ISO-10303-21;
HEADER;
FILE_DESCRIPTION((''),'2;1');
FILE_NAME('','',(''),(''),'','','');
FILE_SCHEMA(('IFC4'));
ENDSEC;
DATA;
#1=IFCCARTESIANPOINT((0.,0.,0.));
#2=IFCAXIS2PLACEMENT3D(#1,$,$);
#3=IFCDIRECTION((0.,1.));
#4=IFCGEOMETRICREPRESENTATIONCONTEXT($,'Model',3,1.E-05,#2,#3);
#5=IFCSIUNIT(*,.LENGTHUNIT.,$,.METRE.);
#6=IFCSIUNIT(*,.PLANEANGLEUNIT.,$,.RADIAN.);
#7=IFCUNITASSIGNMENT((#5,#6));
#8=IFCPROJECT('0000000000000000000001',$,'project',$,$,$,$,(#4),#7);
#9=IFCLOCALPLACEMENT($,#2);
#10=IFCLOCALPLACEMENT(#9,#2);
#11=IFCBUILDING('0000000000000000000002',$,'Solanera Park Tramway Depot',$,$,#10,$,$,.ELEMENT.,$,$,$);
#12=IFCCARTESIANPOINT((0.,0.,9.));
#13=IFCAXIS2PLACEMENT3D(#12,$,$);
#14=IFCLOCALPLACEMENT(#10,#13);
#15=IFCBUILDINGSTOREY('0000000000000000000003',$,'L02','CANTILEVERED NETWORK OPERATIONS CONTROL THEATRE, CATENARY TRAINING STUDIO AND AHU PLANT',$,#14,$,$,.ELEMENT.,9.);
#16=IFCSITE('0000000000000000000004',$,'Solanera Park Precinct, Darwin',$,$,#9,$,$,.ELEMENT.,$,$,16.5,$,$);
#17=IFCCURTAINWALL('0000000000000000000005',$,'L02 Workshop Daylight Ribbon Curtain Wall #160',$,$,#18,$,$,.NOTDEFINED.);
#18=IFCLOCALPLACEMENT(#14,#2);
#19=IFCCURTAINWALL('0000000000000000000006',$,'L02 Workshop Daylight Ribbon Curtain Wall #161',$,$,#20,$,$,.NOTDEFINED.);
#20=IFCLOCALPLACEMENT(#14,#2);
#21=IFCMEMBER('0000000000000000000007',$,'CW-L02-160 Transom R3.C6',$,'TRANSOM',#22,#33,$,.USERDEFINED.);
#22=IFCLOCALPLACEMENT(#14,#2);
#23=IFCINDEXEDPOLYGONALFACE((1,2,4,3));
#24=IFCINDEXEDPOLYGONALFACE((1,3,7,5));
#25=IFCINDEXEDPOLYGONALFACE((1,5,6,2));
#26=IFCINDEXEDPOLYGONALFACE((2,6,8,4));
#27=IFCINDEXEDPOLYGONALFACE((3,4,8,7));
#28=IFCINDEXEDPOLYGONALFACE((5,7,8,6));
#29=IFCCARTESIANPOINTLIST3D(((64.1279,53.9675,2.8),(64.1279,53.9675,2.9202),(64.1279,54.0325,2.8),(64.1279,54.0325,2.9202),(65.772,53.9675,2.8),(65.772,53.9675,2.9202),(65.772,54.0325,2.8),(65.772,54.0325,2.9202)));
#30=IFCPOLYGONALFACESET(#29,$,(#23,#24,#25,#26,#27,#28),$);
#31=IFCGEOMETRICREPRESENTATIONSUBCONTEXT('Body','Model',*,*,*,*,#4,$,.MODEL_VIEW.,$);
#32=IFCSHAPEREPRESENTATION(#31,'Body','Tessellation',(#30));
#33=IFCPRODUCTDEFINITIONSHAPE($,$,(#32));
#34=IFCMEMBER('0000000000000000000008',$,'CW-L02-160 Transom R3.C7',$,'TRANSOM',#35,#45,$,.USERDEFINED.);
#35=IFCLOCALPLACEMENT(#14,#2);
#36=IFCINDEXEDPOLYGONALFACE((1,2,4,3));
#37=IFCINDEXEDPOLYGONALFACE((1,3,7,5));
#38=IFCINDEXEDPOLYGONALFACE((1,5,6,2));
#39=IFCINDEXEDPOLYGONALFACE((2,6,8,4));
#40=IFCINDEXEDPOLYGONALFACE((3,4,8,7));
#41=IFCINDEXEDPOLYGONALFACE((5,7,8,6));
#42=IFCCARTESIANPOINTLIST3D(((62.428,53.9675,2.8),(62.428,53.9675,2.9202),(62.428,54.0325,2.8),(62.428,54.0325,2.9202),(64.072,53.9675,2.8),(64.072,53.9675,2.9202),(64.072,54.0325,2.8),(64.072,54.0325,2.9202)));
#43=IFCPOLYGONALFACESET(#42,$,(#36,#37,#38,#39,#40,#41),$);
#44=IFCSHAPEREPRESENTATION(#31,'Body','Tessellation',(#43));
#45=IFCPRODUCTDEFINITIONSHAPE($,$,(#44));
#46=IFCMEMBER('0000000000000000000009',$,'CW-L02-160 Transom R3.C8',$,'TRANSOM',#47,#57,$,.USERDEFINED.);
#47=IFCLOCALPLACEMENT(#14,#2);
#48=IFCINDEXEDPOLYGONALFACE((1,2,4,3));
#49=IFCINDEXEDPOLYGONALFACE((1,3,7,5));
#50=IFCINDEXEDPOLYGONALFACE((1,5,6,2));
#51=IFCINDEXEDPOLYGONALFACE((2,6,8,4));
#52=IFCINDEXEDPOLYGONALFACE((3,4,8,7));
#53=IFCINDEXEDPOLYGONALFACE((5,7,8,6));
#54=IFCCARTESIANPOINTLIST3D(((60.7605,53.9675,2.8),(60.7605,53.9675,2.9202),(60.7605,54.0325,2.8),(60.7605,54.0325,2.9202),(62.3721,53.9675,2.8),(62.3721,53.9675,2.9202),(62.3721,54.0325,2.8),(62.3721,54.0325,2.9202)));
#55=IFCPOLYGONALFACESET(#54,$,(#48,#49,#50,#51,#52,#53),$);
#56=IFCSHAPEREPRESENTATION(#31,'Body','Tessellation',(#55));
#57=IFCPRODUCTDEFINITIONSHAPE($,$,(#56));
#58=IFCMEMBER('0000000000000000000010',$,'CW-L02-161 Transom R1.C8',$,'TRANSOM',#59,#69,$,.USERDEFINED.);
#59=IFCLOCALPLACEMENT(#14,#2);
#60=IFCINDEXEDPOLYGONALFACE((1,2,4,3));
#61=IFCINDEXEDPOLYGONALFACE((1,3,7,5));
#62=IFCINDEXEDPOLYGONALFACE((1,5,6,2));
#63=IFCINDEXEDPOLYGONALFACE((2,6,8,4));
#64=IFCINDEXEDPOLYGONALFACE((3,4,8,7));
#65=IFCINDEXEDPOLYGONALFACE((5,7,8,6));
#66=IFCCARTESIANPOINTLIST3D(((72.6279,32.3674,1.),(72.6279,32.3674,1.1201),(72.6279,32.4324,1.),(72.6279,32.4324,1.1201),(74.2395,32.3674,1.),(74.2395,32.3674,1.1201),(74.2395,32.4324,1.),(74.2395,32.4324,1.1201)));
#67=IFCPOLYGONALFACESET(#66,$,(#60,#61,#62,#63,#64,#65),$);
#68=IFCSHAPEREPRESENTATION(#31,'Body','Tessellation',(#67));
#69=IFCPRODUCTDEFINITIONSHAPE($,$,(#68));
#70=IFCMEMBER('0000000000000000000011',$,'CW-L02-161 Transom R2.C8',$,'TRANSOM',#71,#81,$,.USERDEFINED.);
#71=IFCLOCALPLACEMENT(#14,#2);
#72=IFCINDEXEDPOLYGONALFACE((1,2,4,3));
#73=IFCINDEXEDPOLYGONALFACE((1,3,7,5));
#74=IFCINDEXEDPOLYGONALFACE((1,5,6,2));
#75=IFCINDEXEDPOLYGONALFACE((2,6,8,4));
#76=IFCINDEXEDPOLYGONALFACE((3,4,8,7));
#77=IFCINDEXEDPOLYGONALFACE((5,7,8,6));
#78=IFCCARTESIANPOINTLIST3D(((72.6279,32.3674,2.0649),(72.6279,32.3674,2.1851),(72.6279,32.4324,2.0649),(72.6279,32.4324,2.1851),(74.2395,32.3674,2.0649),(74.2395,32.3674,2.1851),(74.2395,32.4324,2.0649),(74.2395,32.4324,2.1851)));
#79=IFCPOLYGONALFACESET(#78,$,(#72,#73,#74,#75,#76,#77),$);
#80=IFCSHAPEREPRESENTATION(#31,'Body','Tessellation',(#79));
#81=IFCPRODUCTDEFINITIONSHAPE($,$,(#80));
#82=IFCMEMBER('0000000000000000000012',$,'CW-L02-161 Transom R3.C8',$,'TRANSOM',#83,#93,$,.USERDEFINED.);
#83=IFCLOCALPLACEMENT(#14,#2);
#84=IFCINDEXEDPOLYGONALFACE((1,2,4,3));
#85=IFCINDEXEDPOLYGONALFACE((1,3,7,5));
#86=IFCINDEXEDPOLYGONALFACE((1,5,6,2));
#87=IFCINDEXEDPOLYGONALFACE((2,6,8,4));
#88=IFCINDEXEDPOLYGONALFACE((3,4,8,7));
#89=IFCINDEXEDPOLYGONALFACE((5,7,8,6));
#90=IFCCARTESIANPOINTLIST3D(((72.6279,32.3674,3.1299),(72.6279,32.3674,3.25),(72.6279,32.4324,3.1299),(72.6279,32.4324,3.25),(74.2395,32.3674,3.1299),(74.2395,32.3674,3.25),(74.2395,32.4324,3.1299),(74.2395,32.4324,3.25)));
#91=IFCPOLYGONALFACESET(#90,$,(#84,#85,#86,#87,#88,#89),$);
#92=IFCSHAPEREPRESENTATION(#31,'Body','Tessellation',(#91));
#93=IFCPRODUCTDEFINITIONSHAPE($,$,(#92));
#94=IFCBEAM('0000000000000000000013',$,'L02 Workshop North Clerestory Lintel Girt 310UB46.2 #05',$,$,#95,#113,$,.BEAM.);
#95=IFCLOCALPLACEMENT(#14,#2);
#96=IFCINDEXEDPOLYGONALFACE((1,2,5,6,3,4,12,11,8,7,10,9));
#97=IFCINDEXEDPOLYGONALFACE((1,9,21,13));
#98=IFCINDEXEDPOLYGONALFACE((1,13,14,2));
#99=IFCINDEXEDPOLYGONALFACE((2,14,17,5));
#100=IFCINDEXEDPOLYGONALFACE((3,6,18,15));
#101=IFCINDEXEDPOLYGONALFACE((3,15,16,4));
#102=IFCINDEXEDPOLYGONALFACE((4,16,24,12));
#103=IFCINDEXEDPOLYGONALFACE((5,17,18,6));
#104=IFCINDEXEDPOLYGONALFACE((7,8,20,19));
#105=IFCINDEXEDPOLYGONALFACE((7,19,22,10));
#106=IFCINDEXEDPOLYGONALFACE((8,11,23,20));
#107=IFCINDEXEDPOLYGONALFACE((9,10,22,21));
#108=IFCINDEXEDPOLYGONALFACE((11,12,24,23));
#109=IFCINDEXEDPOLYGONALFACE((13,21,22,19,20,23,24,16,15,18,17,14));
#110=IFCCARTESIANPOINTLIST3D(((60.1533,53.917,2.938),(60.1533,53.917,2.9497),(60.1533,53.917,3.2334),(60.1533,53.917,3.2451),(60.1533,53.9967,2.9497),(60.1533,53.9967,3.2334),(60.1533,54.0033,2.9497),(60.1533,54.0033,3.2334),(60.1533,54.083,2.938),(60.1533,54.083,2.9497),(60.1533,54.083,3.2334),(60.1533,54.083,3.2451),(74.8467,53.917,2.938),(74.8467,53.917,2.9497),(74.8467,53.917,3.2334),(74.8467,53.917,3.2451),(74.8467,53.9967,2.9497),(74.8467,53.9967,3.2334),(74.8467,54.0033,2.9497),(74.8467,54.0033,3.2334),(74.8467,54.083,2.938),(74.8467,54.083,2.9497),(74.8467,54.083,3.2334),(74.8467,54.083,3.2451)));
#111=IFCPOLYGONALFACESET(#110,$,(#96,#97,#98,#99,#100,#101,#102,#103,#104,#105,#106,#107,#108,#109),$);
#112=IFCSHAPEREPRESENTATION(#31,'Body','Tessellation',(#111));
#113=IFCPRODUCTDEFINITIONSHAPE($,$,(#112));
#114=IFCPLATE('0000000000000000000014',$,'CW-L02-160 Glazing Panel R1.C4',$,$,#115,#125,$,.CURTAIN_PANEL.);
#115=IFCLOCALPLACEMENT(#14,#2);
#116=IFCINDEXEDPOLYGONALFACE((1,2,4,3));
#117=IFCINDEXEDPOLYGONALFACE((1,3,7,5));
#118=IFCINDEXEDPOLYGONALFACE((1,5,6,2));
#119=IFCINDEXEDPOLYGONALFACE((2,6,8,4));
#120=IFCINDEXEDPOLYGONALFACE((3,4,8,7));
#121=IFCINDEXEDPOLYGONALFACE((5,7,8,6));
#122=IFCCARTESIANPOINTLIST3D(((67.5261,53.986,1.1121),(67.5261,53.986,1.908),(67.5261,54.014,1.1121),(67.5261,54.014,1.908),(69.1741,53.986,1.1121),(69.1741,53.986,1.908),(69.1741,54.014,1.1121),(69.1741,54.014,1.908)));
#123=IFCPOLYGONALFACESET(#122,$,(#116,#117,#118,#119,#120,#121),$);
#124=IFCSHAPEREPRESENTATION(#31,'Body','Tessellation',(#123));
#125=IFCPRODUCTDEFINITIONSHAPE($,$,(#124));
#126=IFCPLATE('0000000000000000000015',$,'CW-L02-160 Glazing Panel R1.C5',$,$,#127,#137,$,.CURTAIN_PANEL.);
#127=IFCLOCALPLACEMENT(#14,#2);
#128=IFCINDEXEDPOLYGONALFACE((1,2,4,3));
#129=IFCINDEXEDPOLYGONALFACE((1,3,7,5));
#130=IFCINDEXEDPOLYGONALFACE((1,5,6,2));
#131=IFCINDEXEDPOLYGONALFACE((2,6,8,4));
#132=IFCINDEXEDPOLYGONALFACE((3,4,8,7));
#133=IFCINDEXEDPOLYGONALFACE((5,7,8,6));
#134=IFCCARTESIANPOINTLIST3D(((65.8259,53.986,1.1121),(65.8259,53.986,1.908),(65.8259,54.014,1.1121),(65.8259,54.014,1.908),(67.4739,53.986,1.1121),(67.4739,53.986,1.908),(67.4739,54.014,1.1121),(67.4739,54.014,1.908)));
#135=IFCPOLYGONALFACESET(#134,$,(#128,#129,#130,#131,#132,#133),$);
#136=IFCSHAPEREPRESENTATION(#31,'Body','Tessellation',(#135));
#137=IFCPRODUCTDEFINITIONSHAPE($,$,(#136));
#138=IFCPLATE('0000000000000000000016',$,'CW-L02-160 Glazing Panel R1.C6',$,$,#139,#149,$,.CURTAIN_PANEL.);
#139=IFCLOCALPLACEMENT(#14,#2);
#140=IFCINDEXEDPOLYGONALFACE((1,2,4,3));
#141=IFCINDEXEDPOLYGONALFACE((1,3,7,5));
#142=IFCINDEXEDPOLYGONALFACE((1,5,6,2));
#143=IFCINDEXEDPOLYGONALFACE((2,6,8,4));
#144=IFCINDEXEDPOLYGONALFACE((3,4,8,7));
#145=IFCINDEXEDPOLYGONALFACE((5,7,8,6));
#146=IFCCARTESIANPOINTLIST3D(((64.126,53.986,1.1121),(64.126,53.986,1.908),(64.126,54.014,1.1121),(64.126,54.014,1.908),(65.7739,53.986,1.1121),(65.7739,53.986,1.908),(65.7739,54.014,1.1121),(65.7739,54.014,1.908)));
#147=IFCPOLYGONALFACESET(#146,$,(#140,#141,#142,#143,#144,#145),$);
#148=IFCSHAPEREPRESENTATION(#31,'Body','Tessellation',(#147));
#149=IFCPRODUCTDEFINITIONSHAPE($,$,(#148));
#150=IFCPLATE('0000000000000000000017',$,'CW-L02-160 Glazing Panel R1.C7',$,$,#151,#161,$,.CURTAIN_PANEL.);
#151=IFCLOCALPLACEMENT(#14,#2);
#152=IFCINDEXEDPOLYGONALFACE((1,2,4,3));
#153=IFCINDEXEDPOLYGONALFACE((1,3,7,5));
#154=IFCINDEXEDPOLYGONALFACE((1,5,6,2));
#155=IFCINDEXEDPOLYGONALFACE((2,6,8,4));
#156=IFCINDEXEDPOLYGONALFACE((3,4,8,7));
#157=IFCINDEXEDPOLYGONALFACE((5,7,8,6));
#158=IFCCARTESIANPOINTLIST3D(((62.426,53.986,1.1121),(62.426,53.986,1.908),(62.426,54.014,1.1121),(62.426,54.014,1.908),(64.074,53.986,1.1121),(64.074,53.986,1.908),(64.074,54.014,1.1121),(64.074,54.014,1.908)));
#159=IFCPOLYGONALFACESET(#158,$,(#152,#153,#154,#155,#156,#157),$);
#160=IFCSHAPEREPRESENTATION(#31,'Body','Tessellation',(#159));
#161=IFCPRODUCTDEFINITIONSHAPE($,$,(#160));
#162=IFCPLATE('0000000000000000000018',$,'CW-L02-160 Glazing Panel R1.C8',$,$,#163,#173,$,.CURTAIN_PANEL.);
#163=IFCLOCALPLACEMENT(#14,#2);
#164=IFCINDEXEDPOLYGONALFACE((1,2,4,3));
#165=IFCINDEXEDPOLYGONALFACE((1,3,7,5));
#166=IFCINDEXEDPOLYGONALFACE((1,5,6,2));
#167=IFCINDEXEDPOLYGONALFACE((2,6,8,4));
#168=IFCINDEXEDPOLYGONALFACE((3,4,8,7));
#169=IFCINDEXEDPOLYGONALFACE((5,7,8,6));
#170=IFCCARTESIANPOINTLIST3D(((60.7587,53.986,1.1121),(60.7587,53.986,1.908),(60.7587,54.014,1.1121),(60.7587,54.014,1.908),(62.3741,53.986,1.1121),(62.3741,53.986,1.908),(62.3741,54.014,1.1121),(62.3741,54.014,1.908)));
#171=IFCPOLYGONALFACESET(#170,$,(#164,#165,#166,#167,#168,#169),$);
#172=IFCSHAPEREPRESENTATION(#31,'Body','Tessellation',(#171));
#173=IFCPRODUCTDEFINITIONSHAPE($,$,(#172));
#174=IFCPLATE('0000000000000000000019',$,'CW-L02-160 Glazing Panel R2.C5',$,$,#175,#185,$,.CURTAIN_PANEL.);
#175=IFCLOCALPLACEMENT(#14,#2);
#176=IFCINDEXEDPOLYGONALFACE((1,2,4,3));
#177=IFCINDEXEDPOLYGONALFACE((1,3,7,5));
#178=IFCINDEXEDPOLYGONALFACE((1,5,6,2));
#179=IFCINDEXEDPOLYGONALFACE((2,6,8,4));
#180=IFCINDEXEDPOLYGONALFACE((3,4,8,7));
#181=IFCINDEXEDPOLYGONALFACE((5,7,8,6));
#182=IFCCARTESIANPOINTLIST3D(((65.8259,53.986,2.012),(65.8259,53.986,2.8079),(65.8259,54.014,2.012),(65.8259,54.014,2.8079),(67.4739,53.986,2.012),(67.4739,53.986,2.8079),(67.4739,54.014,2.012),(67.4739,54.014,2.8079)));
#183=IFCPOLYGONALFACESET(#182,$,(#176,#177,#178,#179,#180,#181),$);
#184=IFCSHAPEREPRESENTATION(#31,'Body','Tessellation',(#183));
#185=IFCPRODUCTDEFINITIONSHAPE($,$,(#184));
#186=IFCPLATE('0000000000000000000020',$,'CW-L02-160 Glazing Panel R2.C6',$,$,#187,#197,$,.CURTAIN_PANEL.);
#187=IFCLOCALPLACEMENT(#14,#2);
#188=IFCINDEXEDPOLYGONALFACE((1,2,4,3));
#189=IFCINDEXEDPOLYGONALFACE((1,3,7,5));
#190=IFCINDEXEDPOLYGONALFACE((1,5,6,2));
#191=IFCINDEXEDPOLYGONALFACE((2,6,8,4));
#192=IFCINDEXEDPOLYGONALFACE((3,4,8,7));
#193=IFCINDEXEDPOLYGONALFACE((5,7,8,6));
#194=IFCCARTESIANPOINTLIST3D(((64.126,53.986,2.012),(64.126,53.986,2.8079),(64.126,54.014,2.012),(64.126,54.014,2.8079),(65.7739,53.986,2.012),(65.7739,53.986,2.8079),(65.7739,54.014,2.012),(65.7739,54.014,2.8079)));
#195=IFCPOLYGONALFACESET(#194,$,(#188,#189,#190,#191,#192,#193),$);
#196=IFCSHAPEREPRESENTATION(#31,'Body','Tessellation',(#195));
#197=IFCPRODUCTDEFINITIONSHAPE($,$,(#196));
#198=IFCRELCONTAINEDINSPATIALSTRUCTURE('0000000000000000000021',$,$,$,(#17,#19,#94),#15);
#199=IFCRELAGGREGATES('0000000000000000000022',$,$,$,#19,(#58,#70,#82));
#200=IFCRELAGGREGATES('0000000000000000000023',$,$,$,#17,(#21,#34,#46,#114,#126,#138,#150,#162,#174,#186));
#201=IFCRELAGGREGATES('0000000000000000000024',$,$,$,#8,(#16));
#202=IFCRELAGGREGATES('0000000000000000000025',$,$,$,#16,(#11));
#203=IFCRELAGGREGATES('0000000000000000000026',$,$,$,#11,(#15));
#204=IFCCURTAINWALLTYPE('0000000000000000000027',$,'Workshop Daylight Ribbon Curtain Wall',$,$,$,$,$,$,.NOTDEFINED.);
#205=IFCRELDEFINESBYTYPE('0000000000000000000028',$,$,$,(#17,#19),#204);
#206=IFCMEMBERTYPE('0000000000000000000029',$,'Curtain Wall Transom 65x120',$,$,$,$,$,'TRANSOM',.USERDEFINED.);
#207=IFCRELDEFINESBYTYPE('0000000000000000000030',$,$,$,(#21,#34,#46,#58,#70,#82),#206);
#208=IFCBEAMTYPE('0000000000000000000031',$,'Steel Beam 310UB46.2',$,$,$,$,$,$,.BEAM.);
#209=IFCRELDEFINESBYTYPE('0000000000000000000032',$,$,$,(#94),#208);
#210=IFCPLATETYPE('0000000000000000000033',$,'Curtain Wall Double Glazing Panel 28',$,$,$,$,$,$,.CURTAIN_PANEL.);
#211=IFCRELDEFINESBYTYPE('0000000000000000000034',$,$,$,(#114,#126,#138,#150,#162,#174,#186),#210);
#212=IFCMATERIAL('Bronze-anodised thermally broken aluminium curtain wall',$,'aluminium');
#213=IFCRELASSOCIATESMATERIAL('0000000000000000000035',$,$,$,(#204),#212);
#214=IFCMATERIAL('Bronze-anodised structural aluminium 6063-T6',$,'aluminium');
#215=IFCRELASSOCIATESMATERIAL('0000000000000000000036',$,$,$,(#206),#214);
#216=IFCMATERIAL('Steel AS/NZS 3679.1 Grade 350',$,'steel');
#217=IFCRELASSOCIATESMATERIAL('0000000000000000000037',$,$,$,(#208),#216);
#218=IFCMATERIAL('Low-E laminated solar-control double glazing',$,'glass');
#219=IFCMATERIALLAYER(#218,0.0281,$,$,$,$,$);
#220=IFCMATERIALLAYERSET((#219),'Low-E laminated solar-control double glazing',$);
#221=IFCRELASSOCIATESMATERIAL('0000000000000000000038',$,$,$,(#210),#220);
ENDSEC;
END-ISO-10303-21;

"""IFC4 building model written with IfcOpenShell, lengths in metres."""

from ifc_helpers import new_model, si_unit, direction, frame, origin, origin_2d, place, context, subcontext, project, spatial, rectangle, i_section, extrude, material, layer, layer_set, material_profile, profile_set, type_object, element, aggregate, save


model = new_model("IFC4")

# Units and contexts
model_context = context("Model", 3, precision=1e-05, world=origin(), true_north=direction((0.0, 1.0)))
body_context = subcontext(model_context, "Body", "Model", "MODEL_VIEW")
ifc_project = project(units=[si_unit("LENGTHUNIT", "METRE"), si_unit("PLANEANGLEUNIT", "RADIAN")], contexts=[model_context])

# Site, building, storey
site_placement = place(None, origin())
site = spatial("IfcSite", under=ifc_project, at=site_placement, Name="Solanera Park Precinct, Darwin", CompositionType="ELEMENT", RefElevation=16.5)
building_placement = place(site_placement, origin())
building = spatial("IfcBuilding", under=site, at=building_placement, Name="Solanera Park Tramway Depot", CompositionType="ELEMENT")
storey_placement = place(building_placement, frame((0.0, 0.0, 9.0)))
storey = spatial("IfcBuildingStorey", under=building, at=storey_placement, Name="L02", Description="CANTILEVERED NETWORK OPERATIONS CONTROL THEATRE, CATENARY TRAINING STUDIO AND AHU PLANT", CompositionType="ELEMENT", Elevation=9.0)

# Curtain wall
ifc_material_1 = material(Name="Bronze-anodised thermally broken aluminium curtain wall", Category="aluminium")
curtain_wall_type = type_object("IfcCurtainWallType", Name="Workshop Daylight Ribbon Curtain Wall", PredefinedType="NOTDEFINED", material=ifc_material_1)
curtain_wall_1_placement = place(storey_placement, origin())
curtain_wall_1 = element("IfcCurtainWall", 1, at=curtain_wall_1_placement, inside=storey, type_object=curtain_wall_type, Name="L02 Workshop Daylight Ribbon Curtain Wall #160", PredefinedType="NOTDEFINED")

# Curtain wall
curtain_wall_2_placement = place(storey_placement, origin())
curtain_wall_2 = element("IfcCurtainWall", 2, at=curtain_wall_2_placement, inside=storey, type_object=curtain_wall_type, Name="L02 Workshop Daylight Ribbon Curtain Wall #161", PredefinedType="NOTDEFINED")

# Members
ifc_material_2 = material(Name="Bronze-anodised structural aluminium 6063-T6", Category="aluminium")
ifc_material_profile_1 = material_profile(ifc_material_2, rectangle(XDim=0.0649, YDim=0.1201, at=origin_2d()), Name="Curtain Wall Transom 65x120")
ifc_profile_set_1 = profile_set([ifc_material_profile_1], Name="Bronze-anodised structural aluminium 6063-T6")
member_type_1 = type_object("IfcMemberType", Name="Curtain Wall Transom 65x120", ElementType="TRANSOM", PredefinedType="USERDEFINED", material=ifc_profile_set_1)
member_1_placement = place(storey_placement, frame((65.772, 54.0, 2.8601), z_axis=(-1.0, 0.0, 0.0), x_axis=(0.0, -1.0, 0.0)))
member_1 = element("IfcMember", 3, at=member_1_placement, type_object=member_type_1, Name="CW-L02-160 Transom R3.C6", ObjectType="TRANSOM", PredefinedType="USERDEFINED", context=body_context, shape_type="SweptSolid", body=[
    extrude(rectangle(XDim=0.0649, YDim=0.1201, at=origin_2d()), origin(), (0.0, 0.0, 1.0), 1.644),
])
member_2_placement = place(storey_placement, frame((64.072, 54.0, 2.8601), z_axis=(-1.0, 0.0, 0.0), x_axis=(0.0, -1.0, 0.0)))
member_2 = element("IfcMember", 4, at=member_2_placement, type_object=member_type_1, Name="CW-L02-160 Transom R3.C7", ObjectType="TRANSOM", PredefinedType="USERDEFINED", context=body_context, shape_type="SweptSolid", body=[
    extrude(rectangle(XDim=0.0649, YDim=0.1201, at=origin_2d()), origin(), (0.0, 0.0, 1.0), 1.644),
])
member_3_placement = place(storey_placement, frame((62.3721, 54.0, 2.8601), z_axis=(-1.0, 0.0, 0.0), x_axis=(0.0, -1.0, 0.0)))
member_3 = element("IfcMember", 5, at=member_3_placement, type_object=member_type_1, Name="CW-L02-160 Transom R3.C8", ObjectType="TRANSOM", PredefinedType="USERDEFINED", context=body_context, shape_type="SweptSolid", body=[
    extrude(rectangle(XDim=0.0649, YDim=0.1201, at=origin_2d()), origin(), (0.0, 0.0, 1.0), 1.6116),
])
member_4_placement = place(storey_placement, frame((72.6279, 32.3999, 1.0601), z_axis=(1.0, 0.0, 0.0), x_axis=(0.0, 1.0, 0.0)))
member_4 = element("IfcMember", 6, at=member_4_placement, type_object=member_type_1, Name="CW-L02-161 Transom R1.C8", ObjectType="TRANSOM", PredefinedType="USERDEFINED", context=body_context, shape_type="SweptSolid", body=[
    extrude(rectangle(XDim=0.0649, YDim=0.1201, at=origin_2d()), origin(), (0.0, 0.0, 1.0), 1.6116),
])
member_5_placement = place(storey_placement, frame((72.6279, 32.3999, 2.125), z_axis=(1.0, 0.0, 0.0), x_axis=(0.0, 1.0, 0.0)))
member_5 = element("IfcMember", 7, at=member_5_placement, type_object=member_type_1, Name="CW-L02-161 Transom R2.C8", ObjectType="TRANSOM", PredefinedType="USERDEFINED", context=body_context, shape_type="SweptSolid", body=[
    extrude(rectangle(XDim=0.0649, YDim=0.1201, at=origin_2d()), origin(), (0.0, 0.0, 1.0), 1.6116),
])
member_6_placement = place(storey_placement, frame((72.6279, 32.3999, 3.1899), z_axis=(1.0, 0.0, 0.0), x_axis=(0.0, 1.0, 0.0)))
member_6 = element("IfcMember", 8, at=member_6_placement, type_object=member_type_1, Name="CW-L02-161 Transom R3.C8", ObjectType="TRANSOM", PredefinedType="USERDEFINED", context=body_context, shape_type="SweptSolid", body=[
    extrude(rectangle(XDim=0.0649, YDim=0.1201, at=origin_2d()), origin(), (0.0, 0.0, 1.0), 1.6116),
])
aggregate(curtain_wall_2, [member_4, member_5, member_6])

# Beam
ifc_material_3 = material(Name="Steel AS/NZS 3679.1 Grade 350", Category="steel")
ifc_material_profile_2 = material_profile(ifc_material_3, i_section(OverallWidth=0.166, OverallDepth=0.3071, WebThickness=0.0066, FlangeThickness=0.0117, at=origin_2d()), Name="310UB46.2")
ifc_profile_set_2 = profile_set([ifc_material_profile_2], Name="Steel AS/NZS 3679.1 Grade 350")
beam_type = type_object("IfcBeamType", Name="Steel Beam 310UB46.2", PredefinedType="BEAM", material=ifc_profile_set_2)
beam_placement = place(storey_placement, frame((60.1533, 54.0, 3.0916), z_axis=(1.0, 0.0, 0.0), x_axis=(0.0, 1.0, 0.0)))
element("IfcBeam", 9, at=beam_placement, inside=storey, type_object=beam_type, Name="L02 Workshop North Clerestory Lintel Girt 310UB46.2 #05", PredefinedType="BEAM", context=body_context, shape_type="SweptSolid", body=[
    extrude(i_section(OverallWidth=0.166, OverallDepth=0.3071, WebThickness=0.0066, FlangeThickness=0.0117, at=origin_2d()), origin(), (0.0, 0.0, 1.0), 14.6934),
])

# Plates
ifc_material_4 = material(Name="Low-E laminated solar-control double glazing", Category="glass")
ifc_layer = layer(ifc_material_4, 0.0281)
ifc_layer_set = layer_set([ifc_layer], Name="Low-E laminated solar-control double glazing")
plate_type = type_object("IfcPlateType", Name="Curtain Wall Double Glazing Panel 28", PredefinedType="CURTAIN_PANEL", material=ifc_layer_set)
plate_1_placement = place(storey_placement, frame((68.3501, 54.0, 1.1121), z_axis=(0.0, 0.0, 1.0), x_axis=(-1.0, 0.0, 0.0)))
plate_1 = element("IfcPlate", 10, at=plate_1_placement, type_object=plate_type, Name="CW-L02-160 Glazing Panel R1.C4", PredefinedType="CURTAIN_PANEL", context=body_context, shape_type="SweptSolid", body=[
    extrude(rectangle(XDim=1.6479, YDim=0.0281, at=origin_2d()), origin(), (0.0, 0.0, 1.0), 0.7959),
])
plate_2_placement = place(storey_placement, frame((66.6499, 54.0, 1.1121), z_axis=(0.0, 0.0, 1.0), x_axis=(-1.0, 0.0, 0.0)))
plate_2 = element("IfcPlate", 11, at=plate_2_placement, type_object=plate_type, Name="CW-L02-160 Glazing Panel R1.C5", PredefinedType="CURTAIN_PANEL", context=body_context, shape_type="SweptSolid", body=[
    extrude(rectangle(XDim=1.6479, YDim=0.0281, at=origin_2d()), origin(), (0.0, 0.0, 1.0), 0.7959),
])
plate_3_placement = place(storey_placement, frame((64.95, 54.0, 1.1121), z_axis=(0.0, 0.0, 1.0), x_axis=(-1.0, 0.0, 0.0)))
plate_3 = element("IfcPlate", 12, at=plate_3_placement, type_object=plate_type, Name="CW-L02-160 Glazing Panel R1.C6", PredefinedType="CURTAIN_PANEL", context=body_context, shape_type="SweptSolid", body=[
    extrude(rectangle(XDim=1.6479, YDim=0.0281, at=origin_2d()), origin(), (0.0, 0.0, 1.0), 0.7959),
])
plate_4_placement = place(storey_placement, frame((63.25, 54.0, 1.1121), z_axis=(0.0, 0.0, 1.0), x_axis=(-1.0, 0.0, 0.0)))
plate_4 = element("IfcPlate", 13, at=plate_4_placement, type_object=plate_type, Name="CW-L02-160 Glazing Panel R1.C7", PredefinedType="CURTAIN_PANEL", context=body_context, shape_type="SweptSolid", body=[
    extrude(rectangle(XDim=1.6479, YDim=0.0281, at=origin_2d()), origin(), (0.0, 0.0, 1.0), 0.7959),
])
plate_5_placement = place(storey_placement, frame((61.5664, 54.0, 1.1121), z_axis=(0.0, 0.0, 1.0), x_axis=(-1.0, 0.0, 0.0)))
plate_5 = element("IfcPlate", 14, at=plate_5_placement, type_object=plate_type, Name="CW-L02-160 Glazing Panel R1.C8", PredefinedType="CURTAIN_PANEL", context=body_context, shape_type="SweptSolid", body=[
    extrude(rectangle(XDim=1.6155, YDim=0.0281, at=origin_2d()), origin(), (0.0, 0.0, 1.0), 0.7959),
])
plate_6_placement = place(storey_placement, frame((66.6499, 54.0, 2.012), z_axis=(0.0, 0.0, 1.0), x_axis=(-1.0, 0.0, 0.0)))
plate_6 = element("IfcPlate", 15, at=plate_6_placement, type_object=plate_type, Name="CW-L02-160 Glazing Panel R2.C5", PredefinedType="CURTAIN_PANEL", context=body_context, shape_type="SweptSolid", body=[
    extrude(rectangle(XDim=1.6479, YDim=0.0281, at=origin_2d()), origin(), (0.0, 0.0, 1.0), 0.7959),
])
plate_7_placement = place(storey_placement, frame((64.95, 54.0, 2.012), z_axis=(0.0, 0.0, 1.0), x_axis=(-1.0, 0.0, 0.0)))
plate_7 = element("IfcPlate", 16, at=plate_7_placement, type_object=plate_type, Name="CW-L02-160 Glazing Panel R2.C6", PredefinedType="CURTAIN_PANEL", context=body_context, shape_type="SweptSolid", body=[
    extrude(rectangle(XDim=1.6479, YDim=0.0281, at=origin_2d()), origin(), (0.0, 0.0, 1.0), 0.7959),
])
aggregate(curtain_wall_1, [member_1, member_2, member_3, plate_1, plate_2, plate_3, plate_4, plate_5, plate_6, plate_7])

save(model, "model.ifc")
